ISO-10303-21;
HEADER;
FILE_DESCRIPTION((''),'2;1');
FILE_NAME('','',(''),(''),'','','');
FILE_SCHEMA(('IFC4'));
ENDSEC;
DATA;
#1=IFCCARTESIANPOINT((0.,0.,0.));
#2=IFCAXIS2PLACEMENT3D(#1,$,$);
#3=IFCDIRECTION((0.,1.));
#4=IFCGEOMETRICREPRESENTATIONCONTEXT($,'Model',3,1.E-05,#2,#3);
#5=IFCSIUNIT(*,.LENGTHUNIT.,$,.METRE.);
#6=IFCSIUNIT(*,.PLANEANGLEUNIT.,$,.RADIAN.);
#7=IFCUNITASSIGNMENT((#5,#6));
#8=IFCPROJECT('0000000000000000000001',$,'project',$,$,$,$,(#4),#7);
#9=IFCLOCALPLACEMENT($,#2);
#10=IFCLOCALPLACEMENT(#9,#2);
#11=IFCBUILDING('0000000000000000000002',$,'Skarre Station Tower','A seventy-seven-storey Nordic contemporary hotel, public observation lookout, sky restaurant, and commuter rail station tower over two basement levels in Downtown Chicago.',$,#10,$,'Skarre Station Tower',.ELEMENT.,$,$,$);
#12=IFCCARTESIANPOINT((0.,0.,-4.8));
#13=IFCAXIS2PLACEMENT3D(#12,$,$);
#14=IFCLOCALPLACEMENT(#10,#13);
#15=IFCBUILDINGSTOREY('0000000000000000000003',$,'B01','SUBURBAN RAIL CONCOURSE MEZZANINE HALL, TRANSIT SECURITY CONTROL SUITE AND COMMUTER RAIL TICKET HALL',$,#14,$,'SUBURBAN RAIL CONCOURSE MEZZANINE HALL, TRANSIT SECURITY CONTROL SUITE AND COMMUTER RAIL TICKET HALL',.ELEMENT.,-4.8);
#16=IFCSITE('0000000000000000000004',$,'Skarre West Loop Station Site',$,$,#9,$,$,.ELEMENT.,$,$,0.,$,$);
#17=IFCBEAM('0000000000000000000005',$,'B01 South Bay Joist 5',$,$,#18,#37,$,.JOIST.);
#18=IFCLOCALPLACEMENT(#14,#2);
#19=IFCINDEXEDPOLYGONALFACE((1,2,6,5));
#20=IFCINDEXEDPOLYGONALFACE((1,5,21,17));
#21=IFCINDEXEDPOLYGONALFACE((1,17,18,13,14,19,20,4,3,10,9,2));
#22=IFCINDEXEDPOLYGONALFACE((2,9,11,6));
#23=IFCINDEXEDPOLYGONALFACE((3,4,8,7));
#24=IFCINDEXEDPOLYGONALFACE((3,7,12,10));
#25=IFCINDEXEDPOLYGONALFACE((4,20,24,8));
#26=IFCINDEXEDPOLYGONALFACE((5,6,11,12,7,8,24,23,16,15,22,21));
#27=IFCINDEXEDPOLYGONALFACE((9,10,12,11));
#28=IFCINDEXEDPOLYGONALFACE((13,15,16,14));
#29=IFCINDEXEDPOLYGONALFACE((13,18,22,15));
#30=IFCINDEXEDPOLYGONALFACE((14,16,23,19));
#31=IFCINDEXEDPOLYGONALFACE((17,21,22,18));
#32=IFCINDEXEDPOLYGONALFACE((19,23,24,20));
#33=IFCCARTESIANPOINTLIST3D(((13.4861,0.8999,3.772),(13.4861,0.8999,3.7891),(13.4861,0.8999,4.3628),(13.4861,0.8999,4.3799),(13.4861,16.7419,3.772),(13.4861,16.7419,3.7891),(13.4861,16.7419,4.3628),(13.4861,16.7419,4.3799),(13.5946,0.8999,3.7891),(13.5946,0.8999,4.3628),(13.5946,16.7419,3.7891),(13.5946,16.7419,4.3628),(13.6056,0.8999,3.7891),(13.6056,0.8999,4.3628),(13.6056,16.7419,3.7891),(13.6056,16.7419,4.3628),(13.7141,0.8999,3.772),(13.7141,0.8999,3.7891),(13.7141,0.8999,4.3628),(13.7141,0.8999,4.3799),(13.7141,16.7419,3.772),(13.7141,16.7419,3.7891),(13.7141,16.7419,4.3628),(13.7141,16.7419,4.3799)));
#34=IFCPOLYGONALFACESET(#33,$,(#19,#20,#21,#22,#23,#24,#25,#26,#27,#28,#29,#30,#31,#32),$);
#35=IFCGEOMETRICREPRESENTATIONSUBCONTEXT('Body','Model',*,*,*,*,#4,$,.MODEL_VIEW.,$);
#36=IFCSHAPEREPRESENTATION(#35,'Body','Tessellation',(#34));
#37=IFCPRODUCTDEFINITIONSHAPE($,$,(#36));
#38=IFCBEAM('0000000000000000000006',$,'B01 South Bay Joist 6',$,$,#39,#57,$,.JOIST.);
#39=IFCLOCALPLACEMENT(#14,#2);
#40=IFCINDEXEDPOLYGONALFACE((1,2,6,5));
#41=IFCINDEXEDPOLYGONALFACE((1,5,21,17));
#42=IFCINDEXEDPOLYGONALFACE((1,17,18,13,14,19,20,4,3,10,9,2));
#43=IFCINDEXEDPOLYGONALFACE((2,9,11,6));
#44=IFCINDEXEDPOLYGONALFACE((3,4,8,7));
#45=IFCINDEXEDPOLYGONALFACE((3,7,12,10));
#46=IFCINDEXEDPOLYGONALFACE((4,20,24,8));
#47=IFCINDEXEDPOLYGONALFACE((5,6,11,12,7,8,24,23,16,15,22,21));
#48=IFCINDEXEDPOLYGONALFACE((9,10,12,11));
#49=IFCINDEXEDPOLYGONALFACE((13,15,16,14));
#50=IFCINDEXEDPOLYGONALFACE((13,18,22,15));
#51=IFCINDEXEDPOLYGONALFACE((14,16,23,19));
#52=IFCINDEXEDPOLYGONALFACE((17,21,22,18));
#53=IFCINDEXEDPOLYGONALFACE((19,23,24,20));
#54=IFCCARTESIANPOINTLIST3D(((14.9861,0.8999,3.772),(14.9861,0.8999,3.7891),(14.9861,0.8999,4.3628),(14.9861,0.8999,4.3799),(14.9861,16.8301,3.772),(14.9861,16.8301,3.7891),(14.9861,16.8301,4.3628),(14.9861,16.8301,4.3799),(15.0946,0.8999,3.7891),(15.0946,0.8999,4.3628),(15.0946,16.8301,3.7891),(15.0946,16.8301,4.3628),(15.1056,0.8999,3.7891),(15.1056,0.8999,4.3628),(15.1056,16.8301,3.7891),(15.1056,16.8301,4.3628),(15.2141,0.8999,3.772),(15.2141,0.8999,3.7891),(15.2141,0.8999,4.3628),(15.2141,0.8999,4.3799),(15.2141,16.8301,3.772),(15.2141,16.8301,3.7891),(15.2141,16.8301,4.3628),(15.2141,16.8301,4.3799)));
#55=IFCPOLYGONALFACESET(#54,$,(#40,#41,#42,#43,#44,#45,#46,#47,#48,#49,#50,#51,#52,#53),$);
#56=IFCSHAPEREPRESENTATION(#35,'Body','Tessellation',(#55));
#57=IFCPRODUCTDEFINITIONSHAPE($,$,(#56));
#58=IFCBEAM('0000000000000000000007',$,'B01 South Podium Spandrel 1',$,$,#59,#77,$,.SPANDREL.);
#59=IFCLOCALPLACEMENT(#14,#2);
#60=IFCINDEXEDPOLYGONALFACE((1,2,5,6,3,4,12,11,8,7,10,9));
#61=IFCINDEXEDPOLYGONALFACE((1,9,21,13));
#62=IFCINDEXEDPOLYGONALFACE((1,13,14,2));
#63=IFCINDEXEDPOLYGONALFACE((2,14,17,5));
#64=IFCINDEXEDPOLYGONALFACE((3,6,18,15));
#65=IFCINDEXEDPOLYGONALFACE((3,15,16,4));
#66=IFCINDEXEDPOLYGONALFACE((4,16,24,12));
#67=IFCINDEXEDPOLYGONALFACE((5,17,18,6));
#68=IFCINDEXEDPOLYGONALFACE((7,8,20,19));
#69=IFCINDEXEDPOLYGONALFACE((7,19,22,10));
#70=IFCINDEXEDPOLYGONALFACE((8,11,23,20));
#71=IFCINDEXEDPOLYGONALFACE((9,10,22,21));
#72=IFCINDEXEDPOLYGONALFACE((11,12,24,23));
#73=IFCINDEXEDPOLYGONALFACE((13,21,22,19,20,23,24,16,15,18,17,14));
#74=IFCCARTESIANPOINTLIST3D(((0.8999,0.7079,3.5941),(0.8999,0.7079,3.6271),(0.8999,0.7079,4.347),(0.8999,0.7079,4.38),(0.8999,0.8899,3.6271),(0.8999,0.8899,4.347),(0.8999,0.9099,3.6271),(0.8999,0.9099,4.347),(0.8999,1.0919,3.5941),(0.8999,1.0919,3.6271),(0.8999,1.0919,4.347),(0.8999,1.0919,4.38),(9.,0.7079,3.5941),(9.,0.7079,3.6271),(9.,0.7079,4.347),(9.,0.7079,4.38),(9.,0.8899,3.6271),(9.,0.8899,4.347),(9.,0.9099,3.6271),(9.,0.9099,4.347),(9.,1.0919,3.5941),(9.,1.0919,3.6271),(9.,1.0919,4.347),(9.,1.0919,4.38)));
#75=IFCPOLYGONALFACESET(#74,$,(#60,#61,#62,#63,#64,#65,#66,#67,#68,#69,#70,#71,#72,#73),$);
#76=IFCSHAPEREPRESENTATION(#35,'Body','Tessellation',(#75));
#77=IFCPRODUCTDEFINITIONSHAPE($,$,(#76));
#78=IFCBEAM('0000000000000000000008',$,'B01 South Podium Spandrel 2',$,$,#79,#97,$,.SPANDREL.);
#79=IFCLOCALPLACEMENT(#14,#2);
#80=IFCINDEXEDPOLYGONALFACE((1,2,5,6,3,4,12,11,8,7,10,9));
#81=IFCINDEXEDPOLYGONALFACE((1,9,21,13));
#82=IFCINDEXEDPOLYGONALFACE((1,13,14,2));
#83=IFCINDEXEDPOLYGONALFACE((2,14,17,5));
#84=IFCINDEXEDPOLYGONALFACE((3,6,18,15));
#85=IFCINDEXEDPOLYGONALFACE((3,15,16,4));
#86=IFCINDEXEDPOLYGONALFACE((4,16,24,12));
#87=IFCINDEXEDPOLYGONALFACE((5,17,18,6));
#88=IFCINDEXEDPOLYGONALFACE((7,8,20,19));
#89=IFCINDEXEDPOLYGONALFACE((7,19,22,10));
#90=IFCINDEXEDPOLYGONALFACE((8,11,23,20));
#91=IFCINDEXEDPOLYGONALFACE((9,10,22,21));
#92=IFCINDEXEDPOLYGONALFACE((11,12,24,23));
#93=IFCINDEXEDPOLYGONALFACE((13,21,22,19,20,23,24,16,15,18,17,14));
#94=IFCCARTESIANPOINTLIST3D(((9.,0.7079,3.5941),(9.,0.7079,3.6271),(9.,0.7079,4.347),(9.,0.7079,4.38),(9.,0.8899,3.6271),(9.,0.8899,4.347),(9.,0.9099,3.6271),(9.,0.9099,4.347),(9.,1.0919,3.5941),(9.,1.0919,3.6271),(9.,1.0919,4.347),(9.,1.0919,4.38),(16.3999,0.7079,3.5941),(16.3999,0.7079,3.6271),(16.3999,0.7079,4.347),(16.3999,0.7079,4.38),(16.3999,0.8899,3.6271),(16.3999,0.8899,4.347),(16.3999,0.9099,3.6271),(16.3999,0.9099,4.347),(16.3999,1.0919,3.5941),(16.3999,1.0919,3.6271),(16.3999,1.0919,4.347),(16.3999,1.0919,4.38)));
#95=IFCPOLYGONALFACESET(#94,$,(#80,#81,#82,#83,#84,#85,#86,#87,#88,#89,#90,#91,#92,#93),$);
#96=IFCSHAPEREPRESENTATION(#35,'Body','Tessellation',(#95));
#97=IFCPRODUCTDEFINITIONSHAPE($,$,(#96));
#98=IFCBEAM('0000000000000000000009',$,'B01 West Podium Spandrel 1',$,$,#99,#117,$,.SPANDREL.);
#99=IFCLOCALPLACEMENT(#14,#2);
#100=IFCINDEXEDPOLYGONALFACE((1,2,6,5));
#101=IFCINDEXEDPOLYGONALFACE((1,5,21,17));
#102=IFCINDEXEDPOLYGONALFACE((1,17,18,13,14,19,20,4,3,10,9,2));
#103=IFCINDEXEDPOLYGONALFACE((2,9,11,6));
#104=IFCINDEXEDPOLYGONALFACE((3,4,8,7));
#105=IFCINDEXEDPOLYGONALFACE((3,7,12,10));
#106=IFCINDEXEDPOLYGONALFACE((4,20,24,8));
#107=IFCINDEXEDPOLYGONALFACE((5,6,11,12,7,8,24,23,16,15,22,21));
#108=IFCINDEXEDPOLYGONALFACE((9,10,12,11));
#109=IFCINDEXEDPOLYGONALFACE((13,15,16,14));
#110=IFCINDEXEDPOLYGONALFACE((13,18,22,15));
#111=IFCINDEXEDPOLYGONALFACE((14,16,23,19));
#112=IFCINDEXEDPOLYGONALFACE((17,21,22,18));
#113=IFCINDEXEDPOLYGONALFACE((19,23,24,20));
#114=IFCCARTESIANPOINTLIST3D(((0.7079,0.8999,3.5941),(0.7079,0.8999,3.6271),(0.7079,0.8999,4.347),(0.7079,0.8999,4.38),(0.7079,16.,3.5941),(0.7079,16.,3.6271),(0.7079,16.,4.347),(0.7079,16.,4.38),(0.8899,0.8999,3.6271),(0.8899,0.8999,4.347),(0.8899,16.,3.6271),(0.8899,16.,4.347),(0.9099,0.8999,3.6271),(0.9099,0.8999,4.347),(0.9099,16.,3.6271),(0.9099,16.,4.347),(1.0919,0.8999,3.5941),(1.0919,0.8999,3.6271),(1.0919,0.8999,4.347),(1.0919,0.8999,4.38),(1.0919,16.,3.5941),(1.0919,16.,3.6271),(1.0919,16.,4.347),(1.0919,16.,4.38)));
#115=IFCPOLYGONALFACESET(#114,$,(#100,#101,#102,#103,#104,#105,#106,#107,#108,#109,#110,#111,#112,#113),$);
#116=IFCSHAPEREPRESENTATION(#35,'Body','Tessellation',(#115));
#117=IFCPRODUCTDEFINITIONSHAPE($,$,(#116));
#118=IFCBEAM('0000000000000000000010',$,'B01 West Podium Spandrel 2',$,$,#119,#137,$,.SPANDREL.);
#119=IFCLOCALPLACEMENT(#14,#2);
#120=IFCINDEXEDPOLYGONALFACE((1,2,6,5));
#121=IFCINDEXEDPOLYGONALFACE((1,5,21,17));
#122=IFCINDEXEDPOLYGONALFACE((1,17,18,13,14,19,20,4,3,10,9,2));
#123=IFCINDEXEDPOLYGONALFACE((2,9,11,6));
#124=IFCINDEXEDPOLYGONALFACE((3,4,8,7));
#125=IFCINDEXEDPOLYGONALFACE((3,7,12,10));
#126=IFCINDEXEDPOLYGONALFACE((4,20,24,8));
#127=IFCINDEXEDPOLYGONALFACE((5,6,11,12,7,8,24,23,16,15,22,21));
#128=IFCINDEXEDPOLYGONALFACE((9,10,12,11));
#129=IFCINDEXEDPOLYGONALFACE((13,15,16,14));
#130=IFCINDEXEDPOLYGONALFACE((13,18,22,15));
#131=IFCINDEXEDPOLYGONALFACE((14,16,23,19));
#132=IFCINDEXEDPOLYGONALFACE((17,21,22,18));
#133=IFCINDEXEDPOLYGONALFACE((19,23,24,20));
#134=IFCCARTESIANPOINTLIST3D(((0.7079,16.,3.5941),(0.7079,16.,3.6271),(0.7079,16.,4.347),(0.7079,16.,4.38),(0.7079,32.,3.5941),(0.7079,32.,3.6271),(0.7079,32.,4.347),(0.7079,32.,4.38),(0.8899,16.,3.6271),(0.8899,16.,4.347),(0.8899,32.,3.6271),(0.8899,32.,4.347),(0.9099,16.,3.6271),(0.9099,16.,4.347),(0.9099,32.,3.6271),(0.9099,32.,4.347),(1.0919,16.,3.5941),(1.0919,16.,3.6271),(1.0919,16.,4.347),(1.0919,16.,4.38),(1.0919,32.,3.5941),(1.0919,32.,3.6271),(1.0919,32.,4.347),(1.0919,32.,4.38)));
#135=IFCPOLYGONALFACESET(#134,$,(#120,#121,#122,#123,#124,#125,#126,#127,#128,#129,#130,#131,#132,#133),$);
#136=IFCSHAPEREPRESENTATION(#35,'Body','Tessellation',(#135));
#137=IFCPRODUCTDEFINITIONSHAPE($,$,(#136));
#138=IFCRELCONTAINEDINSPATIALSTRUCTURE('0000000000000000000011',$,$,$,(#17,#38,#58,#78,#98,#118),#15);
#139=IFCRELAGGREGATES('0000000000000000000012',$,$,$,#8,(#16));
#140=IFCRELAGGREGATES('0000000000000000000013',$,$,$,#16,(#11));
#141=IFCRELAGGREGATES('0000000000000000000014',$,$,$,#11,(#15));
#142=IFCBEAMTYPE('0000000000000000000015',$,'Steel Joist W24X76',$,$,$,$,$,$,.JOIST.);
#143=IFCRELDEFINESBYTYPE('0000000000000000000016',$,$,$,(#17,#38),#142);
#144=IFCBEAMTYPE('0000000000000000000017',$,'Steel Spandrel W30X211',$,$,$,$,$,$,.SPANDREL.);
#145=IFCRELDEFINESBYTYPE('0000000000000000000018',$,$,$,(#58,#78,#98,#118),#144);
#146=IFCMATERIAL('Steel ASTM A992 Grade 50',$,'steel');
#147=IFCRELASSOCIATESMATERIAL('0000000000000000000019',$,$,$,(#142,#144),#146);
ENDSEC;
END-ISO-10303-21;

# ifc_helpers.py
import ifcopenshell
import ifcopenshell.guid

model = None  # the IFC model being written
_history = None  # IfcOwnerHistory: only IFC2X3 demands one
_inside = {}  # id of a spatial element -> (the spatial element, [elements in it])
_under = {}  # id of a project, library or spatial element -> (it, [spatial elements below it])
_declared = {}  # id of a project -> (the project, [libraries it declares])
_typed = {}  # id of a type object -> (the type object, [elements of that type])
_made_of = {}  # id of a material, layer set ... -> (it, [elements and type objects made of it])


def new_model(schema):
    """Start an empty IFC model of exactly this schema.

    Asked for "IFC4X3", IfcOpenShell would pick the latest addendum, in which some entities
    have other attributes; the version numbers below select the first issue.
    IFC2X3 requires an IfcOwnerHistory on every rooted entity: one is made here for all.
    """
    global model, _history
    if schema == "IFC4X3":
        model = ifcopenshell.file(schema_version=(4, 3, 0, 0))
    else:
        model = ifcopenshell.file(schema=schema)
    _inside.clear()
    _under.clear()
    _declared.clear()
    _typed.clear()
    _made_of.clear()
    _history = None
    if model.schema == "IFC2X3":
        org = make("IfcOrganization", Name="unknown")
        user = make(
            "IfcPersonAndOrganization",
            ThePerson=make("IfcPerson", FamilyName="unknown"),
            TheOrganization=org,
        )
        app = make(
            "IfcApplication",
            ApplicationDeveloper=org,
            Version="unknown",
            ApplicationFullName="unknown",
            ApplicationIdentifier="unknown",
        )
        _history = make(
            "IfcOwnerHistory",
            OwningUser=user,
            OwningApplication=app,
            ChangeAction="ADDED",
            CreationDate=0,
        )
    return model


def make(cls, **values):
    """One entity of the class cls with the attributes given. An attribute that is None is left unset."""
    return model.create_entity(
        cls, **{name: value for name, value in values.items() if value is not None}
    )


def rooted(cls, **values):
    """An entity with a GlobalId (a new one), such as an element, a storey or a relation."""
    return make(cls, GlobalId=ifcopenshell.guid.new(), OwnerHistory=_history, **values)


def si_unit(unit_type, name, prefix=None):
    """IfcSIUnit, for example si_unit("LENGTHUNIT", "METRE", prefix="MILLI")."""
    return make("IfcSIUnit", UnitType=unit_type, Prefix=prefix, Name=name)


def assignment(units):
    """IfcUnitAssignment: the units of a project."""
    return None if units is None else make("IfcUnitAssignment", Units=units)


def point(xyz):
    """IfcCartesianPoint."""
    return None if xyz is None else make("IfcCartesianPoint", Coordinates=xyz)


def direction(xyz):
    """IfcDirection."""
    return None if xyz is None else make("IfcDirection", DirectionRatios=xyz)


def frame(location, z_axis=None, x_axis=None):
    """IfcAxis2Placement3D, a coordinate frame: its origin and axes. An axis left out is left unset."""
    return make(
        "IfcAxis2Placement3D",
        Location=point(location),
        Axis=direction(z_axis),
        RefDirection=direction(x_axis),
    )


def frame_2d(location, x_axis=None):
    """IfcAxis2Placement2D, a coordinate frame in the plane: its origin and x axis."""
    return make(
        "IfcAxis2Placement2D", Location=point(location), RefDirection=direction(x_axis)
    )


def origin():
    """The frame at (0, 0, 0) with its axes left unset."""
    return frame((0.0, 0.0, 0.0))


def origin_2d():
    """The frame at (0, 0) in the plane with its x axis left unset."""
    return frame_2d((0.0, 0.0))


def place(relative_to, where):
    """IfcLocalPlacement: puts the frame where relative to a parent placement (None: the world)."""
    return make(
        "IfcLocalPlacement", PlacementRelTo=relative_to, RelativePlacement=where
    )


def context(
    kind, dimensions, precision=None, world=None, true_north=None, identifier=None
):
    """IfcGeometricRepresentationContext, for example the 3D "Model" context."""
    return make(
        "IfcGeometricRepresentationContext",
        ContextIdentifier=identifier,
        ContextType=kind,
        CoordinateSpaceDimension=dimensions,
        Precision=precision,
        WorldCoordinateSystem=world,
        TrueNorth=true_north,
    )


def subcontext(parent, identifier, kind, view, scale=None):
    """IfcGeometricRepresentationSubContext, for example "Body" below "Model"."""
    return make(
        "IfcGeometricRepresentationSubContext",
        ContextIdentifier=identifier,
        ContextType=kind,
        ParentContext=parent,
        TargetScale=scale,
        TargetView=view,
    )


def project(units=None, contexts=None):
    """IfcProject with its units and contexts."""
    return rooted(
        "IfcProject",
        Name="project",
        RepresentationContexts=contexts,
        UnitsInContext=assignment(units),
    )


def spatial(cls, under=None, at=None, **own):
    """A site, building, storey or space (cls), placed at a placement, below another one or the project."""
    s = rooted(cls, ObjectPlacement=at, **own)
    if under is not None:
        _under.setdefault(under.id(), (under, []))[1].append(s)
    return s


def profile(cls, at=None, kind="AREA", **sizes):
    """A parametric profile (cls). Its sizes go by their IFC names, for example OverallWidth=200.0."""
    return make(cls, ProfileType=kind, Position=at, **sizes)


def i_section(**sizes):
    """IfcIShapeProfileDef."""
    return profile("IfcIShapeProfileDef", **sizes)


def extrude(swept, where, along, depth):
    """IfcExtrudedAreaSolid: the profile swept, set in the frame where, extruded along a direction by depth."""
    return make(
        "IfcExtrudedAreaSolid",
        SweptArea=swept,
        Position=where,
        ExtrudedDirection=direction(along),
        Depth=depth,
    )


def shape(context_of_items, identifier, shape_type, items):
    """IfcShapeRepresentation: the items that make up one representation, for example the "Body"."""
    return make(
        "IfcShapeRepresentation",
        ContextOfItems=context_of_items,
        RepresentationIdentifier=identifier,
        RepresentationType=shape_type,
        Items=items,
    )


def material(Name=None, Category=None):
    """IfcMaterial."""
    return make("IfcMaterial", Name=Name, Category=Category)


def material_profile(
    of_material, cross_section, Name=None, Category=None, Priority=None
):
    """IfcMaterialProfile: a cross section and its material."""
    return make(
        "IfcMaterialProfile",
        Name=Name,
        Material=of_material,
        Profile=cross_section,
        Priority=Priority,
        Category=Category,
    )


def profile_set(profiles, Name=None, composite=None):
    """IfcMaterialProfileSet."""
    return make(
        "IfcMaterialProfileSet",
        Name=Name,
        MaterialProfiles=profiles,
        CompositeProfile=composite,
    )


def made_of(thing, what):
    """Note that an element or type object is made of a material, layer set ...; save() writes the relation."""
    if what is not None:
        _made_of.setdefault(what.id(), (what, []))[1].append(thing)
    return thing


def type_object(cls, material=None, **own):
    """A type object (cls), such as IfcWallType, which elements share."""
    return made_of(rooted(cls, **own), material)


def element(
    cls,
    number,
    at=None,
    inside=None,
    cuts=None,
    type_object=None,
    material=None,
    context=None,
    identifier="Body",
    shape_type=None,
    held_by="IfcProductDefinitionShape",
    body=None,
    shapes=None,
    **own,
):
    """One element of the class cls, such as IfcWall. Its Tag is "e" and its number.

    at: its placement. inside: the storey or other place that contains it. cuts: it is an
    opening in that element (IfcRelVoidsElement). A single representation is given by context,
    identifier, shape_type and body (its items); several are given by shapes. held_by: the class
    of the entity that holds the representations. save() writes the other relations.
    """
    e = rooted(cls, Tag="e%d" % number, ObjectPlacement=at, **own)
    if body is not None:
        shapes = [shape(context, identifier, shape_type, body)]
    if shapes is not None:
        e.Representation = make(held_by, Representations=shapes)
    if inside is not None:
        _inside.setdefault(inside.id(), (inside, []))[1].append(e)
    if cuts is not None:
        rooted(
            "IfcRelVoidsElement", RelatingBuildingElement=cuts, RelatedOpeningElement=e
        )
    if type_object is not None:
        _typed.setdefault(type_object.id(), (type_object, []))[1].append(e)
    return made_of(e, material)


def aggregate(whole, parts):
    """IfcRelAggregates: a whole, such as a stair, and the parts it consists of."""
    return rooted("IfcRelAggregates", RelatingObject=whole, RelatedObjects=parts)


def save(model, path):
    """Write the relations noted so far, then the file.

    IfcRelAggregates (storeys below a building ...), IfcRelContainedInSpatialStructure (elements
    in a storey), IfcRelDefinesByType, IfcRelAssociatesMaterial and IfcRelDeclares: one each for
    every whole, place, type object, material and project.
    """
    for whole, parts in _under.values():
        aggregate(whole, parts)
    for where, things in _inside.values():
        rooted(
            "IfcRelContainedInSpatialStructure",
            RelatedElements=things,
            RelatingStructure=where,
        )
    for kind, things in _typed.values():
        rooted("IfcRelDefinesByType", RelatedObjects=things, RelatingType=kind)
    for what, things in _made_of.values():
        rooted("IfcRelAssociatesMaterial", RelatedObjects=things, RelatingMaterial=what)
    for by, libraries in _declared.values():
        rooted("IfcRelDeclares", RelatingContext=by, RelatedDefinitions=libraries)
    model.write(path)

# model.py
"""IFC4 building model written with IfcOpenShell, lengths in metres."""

from ifc_helpers import new_model, si_unit, direction, frame, origin, origin_2d, place, context, subcontext, project, spatial, i_section, extrude, material, material_profile, profile_set, type_object, element, save


model = new_model("IFC4")

# Units and contexts
model_context = context("Model", 3, precision=1e-05, world=origin(), true_north=direction((0.0, 1.0)))
body_context = subcontext(model_context, "Body", "Model", "MODEL_VIEW")
ifc_project = project(units=[si_unit("LENGTHUNIT", "METRE"), si_unit("PLANEANGLEUNIT", "RADIAN")], contexts=[model_context])

# Site, building, storey
site_placement = place(None, origin())
site = spatial("IfcSite", under=ifc_project, at=site_placement, Name="Skarre West Loop Station Site", CompositionType="ELEMENT", RefElevation=0.0)
building_placement = place(site_placement, origin())
building = spatial("IfcBuilding", under=site, at=building_placement, Name="Skarre Station Tower", Description="A seventy-seven-storey Nordic contemporary hotel, public observation lookout, sky restaurant, and commuter rail station tower over two basement levels in Downtown Chicago.", LongName="Skarre Station Tower", CompositionType="ELEMENT")
storey_placement = place(building_placement, frame((0.0, 0.0, -4.8)))
storey = spatial("IfcBuildingStorey", under=building, at=storey_placement, Name="B01", Description="SUBURBAN RAIL CONCOURSE MEZZANINE HALL, TRANSIT SECURITY CONTROL SUITE AND COMMUTER RAIL TICKET HALL", LongName="SUBURBAN RAIL CONCOURSE MEZZANINE HALL, TRANSIT SECURITY CONTROL SUITE AND COMMUTER RAIL TICKET HALL", CompositionType="ELEMENT", Elevation=-4.8)

# Beams
ifc_material_1 = material(Name="Steel ASTM A992 Grade 50", Category="steel")
ifc_material_profile_1 = material_profile(ifc_material_1, i_section(OverallWidth=0.228, OverallDepth=0.6079, WebThickness=0.011, FlangeThickness=0.0171, at=origin_2d()), Name="Steel ASTM A992 Grade 50")
ifc_profile_set_1 = profile_set([ifc_material_profile_1], Name="Steel ASTM A992 Grade 50")
beam_type_1 = type_object("IfcBeamType", Name="Steel Joist W24X76", PredefinedType="JOIST", material=ifc_profile_set_1)
beam_1_placement = place(storey_placement, frame((13.6001, 0.8999, 4.0759), z_axis=(0.0, 1.0, 0.0), x_axis=(-1.0, 0.0, 0.0)))
element("IfcBeam", 1, at=beam_1_placement, inside=storey, type_object=beam_type_1, Name="B01 South Bay Joist 5", PredefinedType="JOIST", context=body_context, shape_type="SweptSolid", body=[
    extrude(i_section(OverallWidth=0.228, OverallDepth=0.6079, WebThickness=0.011, FlangeThickness=0.0171, at=origin_2d()), origin(), (0.0, 0.0, 1.0), 15.842),
])
beam_2_placement = place(storey_placement, frame((15.1001, 0.8999, 4.0759), z_axis=(0.0, 1.0, 0.0), x_axis=(-1.0, 0.0, 0.0)))
element("IfcBeam", 2, at=beam_2_placement, inside=storey, type_object=beam_type_1, Name="B01 South Bay Joist 6", PredefinedType="JOIST", context=body_context, shape_type="SweptSolid", body=[
    extrude(i_section(OverallWidth=0.228, OverallDepth=0.6079, WebThickness=0.011, FlangeThickness=0.0171, at=origin_2d()), origin(), (0.0, 0.0, 1.0), 15.9302),
])
ifc_material_profile_2 = material_profile(ifc_material_1, i_section(OverallWidth=0.384, OverallDepth=0.7859, WebThickness=0.02, FlangeThickness=0.033, at=origin_2d()), Name="Steel ASTM A992 Grade 50")
ifc_profile_set_2 = profile_set([ifc_material_profile_2], Name="Steel ASTM A992 Grade 50")
beam_type_2 = type_object("IfcBeamType", Name="Steel Spandrel W30X211", PredefinedType="SPANDREL", material=ifc_profile_set_2)
beam_3_placement = place(storey_placement, frame((0.8999, 0.8999, 3.9871), z_axis=(1.0, 0.0, 0.0), x_axis=(0.0, 1.0, 0.0)))
element("IfcBeam", 3, at=beam_3_placement, inside=storey, type_object=beam_type_2, Name="B01 South Podium Spandrel 1", PredefinedType="SPANDREL", context=body_context, shape_type="SweptSolid", body=[
    extrude(i_section(OverallWidth=0.384, OverallDepth=0.7859, WebThickness=0.02, FlangeThickness=0.033, at=origin_2d()), origin(), (0.0, 0.0, 1.0), 8.1001),
])
beam_4_placement = place(storey_placement, frame((9.0, 0.8999, 3.9871), z_axis=(1.0, 0.0, 0.0), x_axis=(0.0, 1.0, 0.0)))
element("IfcBeam", 4, at=beam_4_placement, inside=storey, type_object=beam_type_2, Name="B01 South Podium Spandrel 2", PredefinedType="SPANDREL", context=body_context, shape_type="SweptSolid", body=[
    extrude(i_section(OverallWidth=0.384, OverallDepth=0.7859, WebThickness=0.02, FlangeThickness=0.033, at=origin_2d()), origin(), (0.0, 0.0, 1.0), 7.3999),
])
beam_5_placement = place(storey_placement, frame((0.8999, 0.8999, 3.9871), z_axis=(0.0, 1.0, 0.0), x_axis=(-1.0, 0.0, 0.0)))
element("IfcBeam", 5, at=beam_5_placement, inside=storey, type_object=beam_type_2, Name="B01 West Podium Spandrel 1", PredefinedType="SPANDREL", context=body_context, shape_type="SweptSolid", body=[
    extrude(i_section(OverallWidth=0.384, OverallDepth=0.7859, WebThickness=0.02, FlangeThickness=0.033, at=origin_2d()), origin(), (0.0, 0.0, 1.0), 15.1001),
])
beam_6_placement = place(storey_placement, frame((0.8999, 16.0, 3.9871), z_axis=(0.0, 1.0, 0.0), x_axis=(-1.0, 0.0, 0.0)))
element("IfcBeam", 6, at=beam_6_placement, inside=storey, type_object=beam_type_2, Name="B01 West Podium Spandrel 2", PredefinedType="SPANDREL", context=body_context, shape_type="SweptSolid", body=[
    extrude(i_section(OverallWidth=0.384, OverallDepth=0.7859, WebThickness=0.02, FlangeThickness=0.033, at=origin_2d()), origin(), (0.0, 0.0, 1.0), 16.0),
])

save(model, "model.ifc")
